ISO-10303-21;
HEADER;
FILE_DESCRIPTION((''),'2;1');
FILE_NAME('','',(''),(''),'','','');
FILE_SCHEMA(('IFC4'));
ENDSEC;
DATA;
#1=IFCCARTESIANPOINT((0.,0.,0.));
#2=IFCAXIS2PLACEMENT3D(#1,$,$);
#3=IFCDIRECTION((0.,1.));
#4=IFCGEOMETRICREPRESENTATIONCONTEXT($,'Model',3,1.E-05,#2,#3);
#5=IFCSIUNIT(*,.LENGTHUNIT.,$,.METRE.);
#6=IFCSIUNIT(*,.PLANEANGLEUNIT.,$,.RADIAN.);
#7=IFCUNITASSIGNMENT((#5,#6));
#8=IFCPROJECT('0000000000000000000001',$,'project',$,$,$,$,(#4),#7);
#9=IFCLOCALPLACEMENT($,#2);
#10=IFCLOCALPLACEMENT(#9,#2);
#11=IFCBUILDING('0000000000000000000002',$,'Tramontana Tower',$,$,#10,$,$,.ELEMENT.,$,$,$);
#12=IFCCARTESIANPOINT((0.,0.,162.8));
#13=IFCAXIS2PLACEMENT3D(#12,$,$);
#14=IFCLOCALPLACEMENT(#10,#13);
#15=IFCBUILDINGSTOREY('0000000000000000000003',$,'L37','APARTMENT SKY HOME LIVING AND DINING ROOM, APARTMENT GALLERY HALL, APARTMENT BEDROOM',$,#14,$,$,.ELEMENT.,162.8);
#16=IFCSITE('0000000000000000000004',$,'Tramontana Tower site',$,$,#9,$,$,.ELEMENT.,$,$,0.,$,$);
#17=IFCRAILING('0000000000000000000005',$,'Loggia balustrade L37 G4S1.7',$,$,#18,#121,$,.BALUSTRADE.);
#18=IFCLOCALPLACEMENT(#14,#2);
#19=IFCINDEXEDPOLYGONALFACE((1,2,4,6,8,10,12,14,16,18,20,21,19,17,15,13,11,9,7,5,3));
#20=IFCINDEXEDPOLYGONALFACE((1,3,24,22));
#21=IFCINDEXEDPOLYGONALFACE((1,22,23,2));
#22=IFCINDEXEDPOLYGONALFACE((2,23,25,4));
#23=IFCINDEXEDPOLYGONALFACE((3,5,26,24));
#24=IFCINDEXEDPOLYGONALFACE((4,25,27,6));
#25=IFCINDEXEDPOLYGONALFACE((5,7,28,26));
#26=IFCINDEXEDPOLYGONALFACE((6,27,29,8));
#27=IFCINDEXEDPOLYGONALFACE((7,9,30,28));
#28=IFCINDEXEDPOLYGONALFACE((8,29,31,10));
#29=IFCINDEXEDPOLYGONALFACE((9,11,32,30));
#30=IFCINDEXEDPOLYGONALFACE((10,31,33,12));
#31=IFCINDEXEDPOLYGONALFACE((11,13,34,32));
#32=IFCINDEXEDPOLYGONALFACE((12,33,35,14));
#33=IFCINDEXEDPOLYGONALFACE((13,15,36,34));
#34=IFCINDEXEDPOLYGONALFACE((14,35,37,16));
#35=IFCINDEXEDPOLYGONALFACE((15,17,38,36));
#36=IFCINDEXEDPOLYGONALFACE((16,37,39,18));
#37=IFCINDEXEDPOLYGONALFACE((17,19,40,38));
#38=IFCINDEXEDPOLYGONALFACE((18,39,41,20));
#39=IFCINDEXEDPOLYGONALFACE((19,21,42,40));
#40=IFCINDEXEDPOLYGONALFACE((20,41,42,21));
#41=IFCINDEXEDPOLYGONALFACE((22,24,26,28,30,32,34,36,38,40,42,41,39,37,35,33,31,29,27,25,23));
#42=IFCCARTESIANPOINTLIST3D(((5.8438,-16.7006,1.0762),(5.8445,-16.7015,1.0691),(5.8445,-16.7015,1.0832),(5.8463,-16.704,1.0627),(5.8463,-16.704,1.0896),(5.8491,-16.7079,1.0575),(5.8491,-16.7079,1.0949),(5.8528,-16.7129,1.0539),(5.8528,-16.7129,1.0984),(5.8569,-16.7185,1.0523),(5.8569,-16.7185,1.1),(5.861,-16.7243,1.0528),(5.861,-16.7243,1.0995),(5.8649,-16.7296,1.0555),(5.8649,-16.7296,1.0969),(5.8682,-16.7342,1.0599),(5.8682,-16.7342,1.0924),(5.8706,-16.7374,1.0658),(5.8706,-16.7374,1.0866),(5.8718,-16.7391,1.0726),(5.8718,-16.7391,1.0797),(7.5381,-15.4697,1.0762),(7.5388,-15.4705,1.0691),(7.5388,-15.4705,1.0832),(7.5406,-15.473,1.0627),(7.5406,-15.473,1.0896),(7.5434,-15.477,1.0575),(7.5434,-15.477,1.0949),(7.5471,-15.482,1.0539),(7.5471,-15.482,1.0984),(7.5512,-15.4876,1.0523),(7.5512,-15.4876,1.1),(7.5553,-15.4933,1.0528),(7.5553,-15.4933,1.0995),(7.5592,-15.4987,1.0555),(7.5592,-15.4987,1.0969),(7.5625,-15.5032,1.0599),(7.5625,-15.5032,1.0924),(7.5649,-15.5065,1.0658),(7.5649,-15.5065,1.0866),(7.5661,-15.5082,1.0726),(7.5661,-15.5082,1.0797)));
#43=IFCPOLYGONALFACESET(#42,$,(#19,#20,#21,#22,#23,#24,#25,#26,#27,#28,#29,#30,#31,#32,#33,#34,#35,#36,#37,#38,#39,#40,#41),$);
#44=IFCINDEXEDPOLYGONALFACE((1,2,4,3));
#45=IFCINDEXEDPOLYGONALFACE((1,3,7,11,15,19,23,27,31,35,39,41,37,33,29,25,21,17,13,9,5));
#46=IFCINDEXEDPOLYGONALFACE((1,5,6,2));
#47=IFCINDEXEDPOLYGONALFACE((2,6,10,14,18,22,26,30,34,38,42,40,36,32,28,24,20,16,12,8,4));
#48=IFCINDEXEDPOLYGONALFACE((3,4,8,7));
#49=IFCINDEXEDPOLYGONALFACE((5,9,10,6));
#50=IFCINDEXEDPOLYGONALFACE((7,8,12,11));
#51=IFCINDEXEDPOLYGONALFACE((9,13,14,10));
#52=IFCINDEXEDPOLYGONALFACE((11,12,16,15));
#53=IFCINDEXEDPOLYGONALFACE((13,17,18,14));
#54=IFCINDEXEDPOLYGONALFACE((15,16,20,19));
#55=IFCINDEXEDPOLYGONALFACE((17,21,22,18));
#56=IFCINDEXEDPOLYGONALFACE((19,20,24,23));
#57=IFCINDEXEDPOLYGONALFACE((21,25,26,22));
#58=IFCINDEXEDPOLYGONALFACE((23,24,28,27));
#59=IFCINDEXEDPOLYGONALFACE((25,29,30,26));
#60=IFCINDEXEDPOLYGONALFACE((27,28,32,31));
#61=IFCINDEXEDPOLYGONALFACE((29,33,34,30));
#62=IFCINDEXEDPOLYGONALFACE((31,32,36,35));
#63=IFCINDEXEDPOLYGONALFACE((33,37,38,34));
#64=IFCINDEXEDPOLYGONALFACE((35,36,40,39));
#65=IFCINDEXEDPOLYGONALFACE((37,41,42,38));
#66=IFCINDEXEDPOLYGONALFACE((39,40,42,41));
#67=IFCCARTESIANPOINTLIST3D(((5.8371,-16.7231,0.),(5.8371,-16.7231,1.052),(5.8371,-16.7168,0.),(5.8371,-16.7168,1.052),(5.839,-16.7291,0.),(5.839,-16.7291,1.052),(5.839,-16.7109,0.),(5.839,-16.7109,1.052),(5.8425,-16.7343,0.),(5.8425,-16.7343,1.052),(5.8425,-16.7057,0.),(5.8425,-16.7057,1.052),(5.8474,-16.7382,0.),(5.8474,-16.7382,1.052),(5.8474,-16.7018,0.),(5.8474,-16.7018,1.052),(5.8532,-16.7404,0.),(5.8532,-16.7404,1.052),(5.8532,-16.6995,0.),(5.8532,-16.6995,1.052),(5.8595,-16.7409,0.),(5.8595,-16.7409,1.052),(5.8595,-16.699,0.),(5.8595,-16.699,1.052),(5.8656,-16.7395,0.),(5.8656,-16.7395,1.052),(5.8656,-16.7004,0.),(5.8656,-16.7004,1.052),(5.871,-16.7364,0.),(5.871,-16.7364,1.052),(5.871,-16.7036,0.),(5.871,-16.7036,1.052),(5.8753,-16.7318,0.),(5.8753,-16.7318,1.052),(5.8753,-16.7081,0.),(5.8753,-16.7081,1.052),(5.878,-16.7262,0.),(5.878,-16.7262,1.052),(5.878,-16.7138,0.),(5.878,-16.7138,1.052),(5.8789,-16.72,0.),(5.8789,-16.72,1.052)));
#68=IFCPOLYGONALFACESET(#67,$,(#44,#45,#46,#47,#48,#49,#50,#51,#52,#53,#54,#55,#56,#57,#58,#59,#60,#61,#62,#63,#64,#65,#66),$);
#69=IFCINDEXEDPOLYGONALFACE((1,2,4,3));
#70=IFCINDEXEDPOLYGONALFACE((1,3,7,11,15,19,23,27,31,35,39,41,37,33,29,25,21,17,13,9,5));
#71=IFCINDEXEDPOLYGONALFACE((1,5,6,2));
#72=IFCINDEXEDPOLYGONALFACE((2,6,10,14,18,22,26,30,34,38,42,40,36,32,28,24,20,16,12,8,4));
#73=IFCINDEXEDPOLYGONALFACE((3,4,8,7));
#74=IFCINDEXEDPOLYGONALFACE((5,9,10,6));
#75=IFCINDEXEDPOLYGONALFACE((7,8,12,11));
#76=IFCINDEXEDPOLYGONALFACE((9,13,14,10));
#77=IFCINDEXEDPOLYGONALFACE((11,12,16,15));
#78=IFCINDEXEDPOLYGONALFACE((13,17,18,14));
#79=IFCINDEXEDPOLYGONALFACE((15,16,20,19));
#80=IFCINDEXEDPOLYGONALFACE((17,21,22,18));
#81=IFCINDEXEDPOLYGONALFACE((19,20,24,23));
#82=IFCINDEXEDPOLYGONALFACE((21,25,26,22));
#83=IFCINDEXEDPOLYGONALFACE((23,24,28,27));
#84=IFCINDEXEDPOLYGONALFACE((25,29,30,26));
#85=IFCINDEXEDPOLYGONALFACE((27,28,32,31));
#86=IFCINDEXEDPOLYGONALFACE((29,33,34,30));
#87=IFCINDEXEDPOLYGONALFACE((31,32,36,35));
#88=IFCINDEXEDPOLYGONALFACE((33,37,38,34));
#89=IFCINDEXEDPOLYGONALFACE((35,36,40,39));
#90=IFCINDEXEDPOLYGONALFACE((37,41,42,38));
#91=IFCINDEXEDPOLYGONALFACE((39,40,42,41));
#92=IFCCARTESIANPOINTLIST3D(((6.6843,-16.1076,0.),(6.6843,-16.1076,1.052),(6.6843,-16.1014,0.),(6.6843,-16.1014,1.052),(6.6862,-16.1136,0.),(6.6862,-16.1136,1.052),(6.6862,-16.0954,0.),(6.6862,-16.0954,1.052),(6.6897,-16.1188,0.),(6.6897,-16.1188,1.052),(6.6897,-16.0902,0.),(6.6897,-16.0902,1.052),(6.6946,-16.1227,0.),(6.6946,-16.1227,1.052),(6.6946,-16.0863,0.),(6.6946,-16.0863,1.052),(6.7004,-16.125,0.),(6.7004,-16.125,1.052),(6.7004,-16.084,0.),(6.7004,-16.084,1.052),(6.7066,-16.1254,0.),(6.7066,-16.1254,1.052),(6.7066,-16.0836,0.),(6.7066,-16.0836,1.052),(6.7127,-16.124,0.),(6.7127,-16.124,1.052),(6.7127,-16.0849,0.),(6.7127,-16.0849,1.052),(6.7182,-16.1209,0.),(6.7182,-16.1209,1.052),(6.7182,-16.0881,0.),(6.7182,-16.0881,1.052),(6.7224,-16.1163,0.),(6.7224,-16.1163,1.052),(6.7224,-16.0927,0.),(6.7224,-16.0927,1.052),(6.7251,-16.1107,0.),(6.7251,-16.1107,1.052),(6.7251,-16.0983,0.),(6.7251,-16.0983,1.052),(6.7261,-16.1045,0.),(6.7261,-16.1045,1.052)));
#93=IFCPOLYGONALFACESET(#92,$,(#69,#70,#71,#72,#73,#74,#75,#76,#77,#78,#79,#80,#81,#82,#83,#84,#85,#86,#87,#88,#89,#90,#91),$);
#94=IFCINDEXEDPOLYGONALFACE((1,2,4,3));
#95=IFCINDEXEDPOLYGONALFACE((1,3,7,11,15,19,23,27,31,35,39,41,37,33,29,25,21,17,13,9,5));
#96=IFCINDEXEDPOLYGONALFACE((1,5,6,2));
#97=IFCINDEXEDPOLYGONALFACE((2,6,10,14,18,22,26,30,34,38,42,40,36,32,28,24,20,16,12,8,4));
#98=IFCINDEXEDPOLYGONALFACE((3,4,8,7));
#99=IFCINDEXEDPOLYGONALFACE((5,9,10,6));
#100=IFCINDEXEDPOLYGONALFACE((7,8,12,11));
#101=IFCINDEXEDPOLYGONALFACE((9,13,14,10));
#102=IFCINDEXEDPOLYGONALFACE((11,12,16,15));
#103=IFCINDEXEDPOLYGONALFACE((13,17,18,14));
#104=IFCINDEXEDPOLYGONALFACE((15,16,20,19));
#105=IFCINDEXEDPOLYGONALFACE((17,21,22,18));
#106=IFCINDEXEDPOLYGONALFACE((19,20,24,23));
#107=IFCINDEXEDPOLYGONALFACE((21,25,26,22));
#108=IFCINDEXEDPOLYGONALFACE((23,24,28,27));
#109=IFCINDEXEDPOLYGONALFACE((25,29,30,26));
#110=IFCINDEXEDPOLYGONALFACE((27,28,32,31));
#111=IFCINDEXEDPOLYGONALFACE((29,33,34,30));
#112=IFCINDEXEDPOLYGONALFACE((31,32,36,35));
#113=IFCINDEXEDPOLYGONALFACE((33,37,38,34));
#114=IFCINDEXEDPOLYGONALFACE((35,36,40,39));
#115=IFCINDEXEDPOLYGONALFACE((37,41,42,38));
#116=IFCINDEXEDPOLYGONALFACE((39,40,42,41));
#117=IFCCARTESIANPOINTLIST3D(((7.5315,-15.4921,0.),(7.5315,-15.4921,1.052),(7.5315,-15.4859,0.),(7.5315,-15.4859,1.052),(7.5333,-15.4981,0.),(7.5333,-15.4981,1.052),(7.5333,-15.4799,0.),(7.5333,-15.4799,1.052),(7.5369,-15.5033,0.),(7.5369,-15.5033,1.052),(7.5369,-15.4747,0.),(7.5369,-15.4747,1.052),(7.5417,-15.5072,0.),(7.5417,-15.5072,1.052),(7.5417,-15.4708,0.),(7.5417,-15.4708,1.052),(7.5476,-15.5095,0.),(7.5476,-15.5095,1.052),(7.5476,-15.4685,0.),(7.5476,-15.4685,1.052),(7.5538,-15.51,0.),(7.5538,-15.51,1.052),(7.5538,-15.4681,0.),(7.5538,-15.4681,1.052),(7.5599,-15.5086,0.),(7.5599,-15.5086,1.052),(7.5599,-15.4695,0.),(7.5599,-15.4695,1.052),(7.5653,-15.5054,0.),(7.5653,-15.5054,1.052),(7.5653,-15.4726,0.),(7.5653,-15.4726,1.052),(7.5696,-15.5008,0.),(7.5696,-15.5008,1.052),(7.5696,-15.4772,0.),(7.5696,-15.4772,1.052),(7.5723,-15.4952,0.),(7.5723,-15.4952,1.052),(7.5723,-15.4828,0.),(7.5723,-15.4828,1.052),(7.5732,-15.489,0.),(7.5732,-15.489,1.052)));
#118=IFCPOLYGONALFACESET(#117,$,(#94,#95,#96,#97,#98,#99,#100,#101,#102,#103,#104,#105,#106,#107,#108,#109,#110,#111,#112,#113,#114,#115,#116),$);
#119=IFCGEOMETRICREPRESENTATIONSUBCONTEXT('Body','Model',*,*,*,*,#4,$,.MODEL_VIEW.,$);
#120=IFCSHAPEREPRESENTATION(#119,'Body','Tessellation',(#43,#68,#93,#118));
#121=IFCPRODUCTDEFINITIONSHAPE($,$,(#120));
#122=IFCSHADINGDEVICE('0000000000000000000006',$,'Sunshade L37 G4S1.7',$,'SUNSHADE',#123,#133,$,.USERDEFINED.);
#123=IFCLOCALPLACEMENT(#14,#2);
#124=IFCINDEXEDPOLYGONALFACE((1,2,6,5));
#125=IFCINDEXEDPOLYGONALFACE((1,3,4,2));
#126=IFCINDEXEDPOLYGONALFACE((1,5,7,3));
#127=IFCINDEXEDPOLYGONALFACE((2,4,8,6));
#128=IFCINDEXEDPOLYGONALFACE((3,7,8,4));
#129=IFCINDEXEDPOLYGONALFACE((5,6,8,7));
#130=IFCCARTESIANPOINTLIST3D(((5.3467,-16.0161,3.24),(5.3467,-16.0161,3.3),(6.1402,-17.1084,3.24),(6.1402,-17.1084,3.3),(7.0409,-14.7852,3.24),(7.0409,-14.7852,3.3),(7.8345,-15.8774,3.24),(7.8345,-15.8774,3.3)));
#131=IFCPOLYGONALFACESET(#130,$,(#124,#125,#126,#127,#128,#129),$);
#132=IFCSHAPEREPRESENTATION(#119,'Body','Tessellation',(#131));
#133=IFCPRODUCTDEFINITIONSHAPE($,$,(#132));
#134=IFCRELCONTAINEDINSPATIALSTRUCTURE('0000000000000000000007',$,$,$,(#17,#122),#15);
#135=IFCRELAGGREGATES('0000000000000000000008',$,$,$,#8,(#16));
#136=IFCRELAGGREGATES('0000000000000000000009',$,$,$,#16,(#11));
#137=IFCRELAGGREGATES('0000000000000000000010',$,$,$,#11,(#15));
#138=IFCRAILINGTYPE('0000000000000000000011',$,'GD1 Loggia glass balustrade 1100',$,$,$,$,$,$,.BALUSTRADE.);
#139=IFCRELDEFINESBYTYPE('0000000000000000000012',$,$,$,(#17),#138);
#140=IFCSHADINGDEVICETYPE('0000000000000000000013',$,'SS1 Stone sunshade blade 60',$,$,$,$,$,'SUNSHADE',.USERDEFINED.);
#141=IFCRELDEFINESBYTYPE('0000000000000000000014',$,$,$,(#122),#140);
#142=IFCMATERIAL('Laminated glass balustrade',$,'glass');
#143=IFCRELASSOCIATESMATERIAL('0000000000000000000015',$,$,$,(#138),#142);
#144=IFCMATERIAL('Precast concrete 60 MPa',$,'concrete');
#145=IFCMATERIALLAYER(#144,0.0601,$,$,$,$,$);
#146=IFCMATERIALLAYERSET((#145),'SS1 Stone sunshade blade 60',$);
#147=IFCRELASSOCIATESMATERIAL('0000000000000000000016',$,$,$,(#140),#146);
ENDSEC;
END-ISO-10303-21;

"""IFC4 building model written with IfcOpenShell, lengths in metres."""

from ifc_helpers import new_model, si_unit, direction, frame, origin, origin_2d, place, context, subcontext, project, spatial, rectangle, circle, extrude, material, layer, layer_set, type_object, element, save


model = new_model("IFC4")

# Units and contexts
model_context = context("Model", 3, precision=1e-05, world=origin(), true_north=direction((0.0, 1.0)))
body_context = subcontext(model_context, "Body", "Model", "MODEL_VIEW")
ifc_project = project(units=[si_unit("LENGTHUNIT", "METRE"), si_unit("PLANEANGLEUNIT", "RADIAN")], contexts=[model_context])

# Site, building, storey
site_placement = place(None, origin())
site = spatial("IfcSite", under=ifc_project, at=site_placement, Name="Tramontana Tower site", CompositionType="ELEMENT", RefElevation=0.0)
building_placement = place(site_placement, origin())
building = spatial("IfcBuilding", under=site, at=building_placement, Name="Tramontana Tower", CompositionType="ELEMENT")
storey_placement = place(building_placement, frame((0.0, 0.0, 162.8)))
storey = spatial("IfcBuildingStorey", under=building, at=storey_placement, Name="L37", Description="APARTMENT SKY HOME LIVING AND DINING ROOM, APARTMENT GALLERY HALL, APARTMENT BEDROOM", CompositionType="ELEMENT", Elevation=162.8)

# Railing
ifc_material_1 = material(Name="Laminated glass balustrade", Category="glass")
railing_type = type_object("IfcRailingType", Name="GD1 Loggia glass balustrade 1100", PredefinedType="BALUSTRADE", material=ifc_material_1)
railing_placement = place(storey_placement, frame((5.8579, -16.72, 0.0)))
element("IfcRailing", 1, at=railing_placement, inside=storey, type_object=railing_type, Name="Loggia balustrade L37 G4S1.7", PredefinedType="BALUSTRADE", context=body_context, shape_type="SweptSolid", body=[
    extrude(circle(Radius=0.0239, at=origin_2d()), frame((0.0, 0.0, 1.0762), z_axis=(0.809028, 0.58777, 0.0), x_axis=(-0.58777, 0.809028, 0.0)), (0.0, 0.0, 1.0), 2.0942),
    extrude(circle(Radius=0.021, at=origin_2d()), origin(), (0.0, 0.0, 1.0), 1.052),
    extrude(circle(Radius=0.021, at=origin_2d()), frame((0.8472, 0.6155, 0.0)), (0.0, 0.0, 1.0), 1.052),
    extrude(circle(Radius=0.021, at=origin_2d()), frame((1.6943, 1.231, 0.0)), (0.0, 0.0, 1.0), 1.052),
])

# Shading device
ifc_material_2 = material(Name="Precast concrete 60 MPa", Category="concrete")
ifc_layer_1 = layer(ifc_material_2, 0.0601)
ifc_layer_set_1 = layer_set([ifc_layer_1], Name="SS1 Stone sunshade blade 60")
shading_device_type = type_object("IfcShadingDeviceType", Name="SS1 Stone sunshade blade 60", ElementType="SUNSHADE", PredefinedType="USERDEFINED", material=ifc_layer_set_1)
shading_device_placement = place(storey_placement, frame((6.5906, -15.9468, 3.24), z_axis=(0.0, 0.0, 1.0), x_axis=(0.809017, 0.587785, 0.0)))
element("IfcShadingDevice", 2, at=shading_device_placement, inside=storey, type_object=shading_device_type, Name="Sunshade L37 G4S1.7", ObjectType="SUNSHADE", PredefinedType="USERDEFINED", context=body_context, shape_type="SweptSolid", body=[
    extrude(rectangle(XDim=2.0942, YDim=1.3501, at=origin_2d()), origin(), (0.0, 0.0, 1.0), 0.0601),
])

save(model, "model.ifc")
